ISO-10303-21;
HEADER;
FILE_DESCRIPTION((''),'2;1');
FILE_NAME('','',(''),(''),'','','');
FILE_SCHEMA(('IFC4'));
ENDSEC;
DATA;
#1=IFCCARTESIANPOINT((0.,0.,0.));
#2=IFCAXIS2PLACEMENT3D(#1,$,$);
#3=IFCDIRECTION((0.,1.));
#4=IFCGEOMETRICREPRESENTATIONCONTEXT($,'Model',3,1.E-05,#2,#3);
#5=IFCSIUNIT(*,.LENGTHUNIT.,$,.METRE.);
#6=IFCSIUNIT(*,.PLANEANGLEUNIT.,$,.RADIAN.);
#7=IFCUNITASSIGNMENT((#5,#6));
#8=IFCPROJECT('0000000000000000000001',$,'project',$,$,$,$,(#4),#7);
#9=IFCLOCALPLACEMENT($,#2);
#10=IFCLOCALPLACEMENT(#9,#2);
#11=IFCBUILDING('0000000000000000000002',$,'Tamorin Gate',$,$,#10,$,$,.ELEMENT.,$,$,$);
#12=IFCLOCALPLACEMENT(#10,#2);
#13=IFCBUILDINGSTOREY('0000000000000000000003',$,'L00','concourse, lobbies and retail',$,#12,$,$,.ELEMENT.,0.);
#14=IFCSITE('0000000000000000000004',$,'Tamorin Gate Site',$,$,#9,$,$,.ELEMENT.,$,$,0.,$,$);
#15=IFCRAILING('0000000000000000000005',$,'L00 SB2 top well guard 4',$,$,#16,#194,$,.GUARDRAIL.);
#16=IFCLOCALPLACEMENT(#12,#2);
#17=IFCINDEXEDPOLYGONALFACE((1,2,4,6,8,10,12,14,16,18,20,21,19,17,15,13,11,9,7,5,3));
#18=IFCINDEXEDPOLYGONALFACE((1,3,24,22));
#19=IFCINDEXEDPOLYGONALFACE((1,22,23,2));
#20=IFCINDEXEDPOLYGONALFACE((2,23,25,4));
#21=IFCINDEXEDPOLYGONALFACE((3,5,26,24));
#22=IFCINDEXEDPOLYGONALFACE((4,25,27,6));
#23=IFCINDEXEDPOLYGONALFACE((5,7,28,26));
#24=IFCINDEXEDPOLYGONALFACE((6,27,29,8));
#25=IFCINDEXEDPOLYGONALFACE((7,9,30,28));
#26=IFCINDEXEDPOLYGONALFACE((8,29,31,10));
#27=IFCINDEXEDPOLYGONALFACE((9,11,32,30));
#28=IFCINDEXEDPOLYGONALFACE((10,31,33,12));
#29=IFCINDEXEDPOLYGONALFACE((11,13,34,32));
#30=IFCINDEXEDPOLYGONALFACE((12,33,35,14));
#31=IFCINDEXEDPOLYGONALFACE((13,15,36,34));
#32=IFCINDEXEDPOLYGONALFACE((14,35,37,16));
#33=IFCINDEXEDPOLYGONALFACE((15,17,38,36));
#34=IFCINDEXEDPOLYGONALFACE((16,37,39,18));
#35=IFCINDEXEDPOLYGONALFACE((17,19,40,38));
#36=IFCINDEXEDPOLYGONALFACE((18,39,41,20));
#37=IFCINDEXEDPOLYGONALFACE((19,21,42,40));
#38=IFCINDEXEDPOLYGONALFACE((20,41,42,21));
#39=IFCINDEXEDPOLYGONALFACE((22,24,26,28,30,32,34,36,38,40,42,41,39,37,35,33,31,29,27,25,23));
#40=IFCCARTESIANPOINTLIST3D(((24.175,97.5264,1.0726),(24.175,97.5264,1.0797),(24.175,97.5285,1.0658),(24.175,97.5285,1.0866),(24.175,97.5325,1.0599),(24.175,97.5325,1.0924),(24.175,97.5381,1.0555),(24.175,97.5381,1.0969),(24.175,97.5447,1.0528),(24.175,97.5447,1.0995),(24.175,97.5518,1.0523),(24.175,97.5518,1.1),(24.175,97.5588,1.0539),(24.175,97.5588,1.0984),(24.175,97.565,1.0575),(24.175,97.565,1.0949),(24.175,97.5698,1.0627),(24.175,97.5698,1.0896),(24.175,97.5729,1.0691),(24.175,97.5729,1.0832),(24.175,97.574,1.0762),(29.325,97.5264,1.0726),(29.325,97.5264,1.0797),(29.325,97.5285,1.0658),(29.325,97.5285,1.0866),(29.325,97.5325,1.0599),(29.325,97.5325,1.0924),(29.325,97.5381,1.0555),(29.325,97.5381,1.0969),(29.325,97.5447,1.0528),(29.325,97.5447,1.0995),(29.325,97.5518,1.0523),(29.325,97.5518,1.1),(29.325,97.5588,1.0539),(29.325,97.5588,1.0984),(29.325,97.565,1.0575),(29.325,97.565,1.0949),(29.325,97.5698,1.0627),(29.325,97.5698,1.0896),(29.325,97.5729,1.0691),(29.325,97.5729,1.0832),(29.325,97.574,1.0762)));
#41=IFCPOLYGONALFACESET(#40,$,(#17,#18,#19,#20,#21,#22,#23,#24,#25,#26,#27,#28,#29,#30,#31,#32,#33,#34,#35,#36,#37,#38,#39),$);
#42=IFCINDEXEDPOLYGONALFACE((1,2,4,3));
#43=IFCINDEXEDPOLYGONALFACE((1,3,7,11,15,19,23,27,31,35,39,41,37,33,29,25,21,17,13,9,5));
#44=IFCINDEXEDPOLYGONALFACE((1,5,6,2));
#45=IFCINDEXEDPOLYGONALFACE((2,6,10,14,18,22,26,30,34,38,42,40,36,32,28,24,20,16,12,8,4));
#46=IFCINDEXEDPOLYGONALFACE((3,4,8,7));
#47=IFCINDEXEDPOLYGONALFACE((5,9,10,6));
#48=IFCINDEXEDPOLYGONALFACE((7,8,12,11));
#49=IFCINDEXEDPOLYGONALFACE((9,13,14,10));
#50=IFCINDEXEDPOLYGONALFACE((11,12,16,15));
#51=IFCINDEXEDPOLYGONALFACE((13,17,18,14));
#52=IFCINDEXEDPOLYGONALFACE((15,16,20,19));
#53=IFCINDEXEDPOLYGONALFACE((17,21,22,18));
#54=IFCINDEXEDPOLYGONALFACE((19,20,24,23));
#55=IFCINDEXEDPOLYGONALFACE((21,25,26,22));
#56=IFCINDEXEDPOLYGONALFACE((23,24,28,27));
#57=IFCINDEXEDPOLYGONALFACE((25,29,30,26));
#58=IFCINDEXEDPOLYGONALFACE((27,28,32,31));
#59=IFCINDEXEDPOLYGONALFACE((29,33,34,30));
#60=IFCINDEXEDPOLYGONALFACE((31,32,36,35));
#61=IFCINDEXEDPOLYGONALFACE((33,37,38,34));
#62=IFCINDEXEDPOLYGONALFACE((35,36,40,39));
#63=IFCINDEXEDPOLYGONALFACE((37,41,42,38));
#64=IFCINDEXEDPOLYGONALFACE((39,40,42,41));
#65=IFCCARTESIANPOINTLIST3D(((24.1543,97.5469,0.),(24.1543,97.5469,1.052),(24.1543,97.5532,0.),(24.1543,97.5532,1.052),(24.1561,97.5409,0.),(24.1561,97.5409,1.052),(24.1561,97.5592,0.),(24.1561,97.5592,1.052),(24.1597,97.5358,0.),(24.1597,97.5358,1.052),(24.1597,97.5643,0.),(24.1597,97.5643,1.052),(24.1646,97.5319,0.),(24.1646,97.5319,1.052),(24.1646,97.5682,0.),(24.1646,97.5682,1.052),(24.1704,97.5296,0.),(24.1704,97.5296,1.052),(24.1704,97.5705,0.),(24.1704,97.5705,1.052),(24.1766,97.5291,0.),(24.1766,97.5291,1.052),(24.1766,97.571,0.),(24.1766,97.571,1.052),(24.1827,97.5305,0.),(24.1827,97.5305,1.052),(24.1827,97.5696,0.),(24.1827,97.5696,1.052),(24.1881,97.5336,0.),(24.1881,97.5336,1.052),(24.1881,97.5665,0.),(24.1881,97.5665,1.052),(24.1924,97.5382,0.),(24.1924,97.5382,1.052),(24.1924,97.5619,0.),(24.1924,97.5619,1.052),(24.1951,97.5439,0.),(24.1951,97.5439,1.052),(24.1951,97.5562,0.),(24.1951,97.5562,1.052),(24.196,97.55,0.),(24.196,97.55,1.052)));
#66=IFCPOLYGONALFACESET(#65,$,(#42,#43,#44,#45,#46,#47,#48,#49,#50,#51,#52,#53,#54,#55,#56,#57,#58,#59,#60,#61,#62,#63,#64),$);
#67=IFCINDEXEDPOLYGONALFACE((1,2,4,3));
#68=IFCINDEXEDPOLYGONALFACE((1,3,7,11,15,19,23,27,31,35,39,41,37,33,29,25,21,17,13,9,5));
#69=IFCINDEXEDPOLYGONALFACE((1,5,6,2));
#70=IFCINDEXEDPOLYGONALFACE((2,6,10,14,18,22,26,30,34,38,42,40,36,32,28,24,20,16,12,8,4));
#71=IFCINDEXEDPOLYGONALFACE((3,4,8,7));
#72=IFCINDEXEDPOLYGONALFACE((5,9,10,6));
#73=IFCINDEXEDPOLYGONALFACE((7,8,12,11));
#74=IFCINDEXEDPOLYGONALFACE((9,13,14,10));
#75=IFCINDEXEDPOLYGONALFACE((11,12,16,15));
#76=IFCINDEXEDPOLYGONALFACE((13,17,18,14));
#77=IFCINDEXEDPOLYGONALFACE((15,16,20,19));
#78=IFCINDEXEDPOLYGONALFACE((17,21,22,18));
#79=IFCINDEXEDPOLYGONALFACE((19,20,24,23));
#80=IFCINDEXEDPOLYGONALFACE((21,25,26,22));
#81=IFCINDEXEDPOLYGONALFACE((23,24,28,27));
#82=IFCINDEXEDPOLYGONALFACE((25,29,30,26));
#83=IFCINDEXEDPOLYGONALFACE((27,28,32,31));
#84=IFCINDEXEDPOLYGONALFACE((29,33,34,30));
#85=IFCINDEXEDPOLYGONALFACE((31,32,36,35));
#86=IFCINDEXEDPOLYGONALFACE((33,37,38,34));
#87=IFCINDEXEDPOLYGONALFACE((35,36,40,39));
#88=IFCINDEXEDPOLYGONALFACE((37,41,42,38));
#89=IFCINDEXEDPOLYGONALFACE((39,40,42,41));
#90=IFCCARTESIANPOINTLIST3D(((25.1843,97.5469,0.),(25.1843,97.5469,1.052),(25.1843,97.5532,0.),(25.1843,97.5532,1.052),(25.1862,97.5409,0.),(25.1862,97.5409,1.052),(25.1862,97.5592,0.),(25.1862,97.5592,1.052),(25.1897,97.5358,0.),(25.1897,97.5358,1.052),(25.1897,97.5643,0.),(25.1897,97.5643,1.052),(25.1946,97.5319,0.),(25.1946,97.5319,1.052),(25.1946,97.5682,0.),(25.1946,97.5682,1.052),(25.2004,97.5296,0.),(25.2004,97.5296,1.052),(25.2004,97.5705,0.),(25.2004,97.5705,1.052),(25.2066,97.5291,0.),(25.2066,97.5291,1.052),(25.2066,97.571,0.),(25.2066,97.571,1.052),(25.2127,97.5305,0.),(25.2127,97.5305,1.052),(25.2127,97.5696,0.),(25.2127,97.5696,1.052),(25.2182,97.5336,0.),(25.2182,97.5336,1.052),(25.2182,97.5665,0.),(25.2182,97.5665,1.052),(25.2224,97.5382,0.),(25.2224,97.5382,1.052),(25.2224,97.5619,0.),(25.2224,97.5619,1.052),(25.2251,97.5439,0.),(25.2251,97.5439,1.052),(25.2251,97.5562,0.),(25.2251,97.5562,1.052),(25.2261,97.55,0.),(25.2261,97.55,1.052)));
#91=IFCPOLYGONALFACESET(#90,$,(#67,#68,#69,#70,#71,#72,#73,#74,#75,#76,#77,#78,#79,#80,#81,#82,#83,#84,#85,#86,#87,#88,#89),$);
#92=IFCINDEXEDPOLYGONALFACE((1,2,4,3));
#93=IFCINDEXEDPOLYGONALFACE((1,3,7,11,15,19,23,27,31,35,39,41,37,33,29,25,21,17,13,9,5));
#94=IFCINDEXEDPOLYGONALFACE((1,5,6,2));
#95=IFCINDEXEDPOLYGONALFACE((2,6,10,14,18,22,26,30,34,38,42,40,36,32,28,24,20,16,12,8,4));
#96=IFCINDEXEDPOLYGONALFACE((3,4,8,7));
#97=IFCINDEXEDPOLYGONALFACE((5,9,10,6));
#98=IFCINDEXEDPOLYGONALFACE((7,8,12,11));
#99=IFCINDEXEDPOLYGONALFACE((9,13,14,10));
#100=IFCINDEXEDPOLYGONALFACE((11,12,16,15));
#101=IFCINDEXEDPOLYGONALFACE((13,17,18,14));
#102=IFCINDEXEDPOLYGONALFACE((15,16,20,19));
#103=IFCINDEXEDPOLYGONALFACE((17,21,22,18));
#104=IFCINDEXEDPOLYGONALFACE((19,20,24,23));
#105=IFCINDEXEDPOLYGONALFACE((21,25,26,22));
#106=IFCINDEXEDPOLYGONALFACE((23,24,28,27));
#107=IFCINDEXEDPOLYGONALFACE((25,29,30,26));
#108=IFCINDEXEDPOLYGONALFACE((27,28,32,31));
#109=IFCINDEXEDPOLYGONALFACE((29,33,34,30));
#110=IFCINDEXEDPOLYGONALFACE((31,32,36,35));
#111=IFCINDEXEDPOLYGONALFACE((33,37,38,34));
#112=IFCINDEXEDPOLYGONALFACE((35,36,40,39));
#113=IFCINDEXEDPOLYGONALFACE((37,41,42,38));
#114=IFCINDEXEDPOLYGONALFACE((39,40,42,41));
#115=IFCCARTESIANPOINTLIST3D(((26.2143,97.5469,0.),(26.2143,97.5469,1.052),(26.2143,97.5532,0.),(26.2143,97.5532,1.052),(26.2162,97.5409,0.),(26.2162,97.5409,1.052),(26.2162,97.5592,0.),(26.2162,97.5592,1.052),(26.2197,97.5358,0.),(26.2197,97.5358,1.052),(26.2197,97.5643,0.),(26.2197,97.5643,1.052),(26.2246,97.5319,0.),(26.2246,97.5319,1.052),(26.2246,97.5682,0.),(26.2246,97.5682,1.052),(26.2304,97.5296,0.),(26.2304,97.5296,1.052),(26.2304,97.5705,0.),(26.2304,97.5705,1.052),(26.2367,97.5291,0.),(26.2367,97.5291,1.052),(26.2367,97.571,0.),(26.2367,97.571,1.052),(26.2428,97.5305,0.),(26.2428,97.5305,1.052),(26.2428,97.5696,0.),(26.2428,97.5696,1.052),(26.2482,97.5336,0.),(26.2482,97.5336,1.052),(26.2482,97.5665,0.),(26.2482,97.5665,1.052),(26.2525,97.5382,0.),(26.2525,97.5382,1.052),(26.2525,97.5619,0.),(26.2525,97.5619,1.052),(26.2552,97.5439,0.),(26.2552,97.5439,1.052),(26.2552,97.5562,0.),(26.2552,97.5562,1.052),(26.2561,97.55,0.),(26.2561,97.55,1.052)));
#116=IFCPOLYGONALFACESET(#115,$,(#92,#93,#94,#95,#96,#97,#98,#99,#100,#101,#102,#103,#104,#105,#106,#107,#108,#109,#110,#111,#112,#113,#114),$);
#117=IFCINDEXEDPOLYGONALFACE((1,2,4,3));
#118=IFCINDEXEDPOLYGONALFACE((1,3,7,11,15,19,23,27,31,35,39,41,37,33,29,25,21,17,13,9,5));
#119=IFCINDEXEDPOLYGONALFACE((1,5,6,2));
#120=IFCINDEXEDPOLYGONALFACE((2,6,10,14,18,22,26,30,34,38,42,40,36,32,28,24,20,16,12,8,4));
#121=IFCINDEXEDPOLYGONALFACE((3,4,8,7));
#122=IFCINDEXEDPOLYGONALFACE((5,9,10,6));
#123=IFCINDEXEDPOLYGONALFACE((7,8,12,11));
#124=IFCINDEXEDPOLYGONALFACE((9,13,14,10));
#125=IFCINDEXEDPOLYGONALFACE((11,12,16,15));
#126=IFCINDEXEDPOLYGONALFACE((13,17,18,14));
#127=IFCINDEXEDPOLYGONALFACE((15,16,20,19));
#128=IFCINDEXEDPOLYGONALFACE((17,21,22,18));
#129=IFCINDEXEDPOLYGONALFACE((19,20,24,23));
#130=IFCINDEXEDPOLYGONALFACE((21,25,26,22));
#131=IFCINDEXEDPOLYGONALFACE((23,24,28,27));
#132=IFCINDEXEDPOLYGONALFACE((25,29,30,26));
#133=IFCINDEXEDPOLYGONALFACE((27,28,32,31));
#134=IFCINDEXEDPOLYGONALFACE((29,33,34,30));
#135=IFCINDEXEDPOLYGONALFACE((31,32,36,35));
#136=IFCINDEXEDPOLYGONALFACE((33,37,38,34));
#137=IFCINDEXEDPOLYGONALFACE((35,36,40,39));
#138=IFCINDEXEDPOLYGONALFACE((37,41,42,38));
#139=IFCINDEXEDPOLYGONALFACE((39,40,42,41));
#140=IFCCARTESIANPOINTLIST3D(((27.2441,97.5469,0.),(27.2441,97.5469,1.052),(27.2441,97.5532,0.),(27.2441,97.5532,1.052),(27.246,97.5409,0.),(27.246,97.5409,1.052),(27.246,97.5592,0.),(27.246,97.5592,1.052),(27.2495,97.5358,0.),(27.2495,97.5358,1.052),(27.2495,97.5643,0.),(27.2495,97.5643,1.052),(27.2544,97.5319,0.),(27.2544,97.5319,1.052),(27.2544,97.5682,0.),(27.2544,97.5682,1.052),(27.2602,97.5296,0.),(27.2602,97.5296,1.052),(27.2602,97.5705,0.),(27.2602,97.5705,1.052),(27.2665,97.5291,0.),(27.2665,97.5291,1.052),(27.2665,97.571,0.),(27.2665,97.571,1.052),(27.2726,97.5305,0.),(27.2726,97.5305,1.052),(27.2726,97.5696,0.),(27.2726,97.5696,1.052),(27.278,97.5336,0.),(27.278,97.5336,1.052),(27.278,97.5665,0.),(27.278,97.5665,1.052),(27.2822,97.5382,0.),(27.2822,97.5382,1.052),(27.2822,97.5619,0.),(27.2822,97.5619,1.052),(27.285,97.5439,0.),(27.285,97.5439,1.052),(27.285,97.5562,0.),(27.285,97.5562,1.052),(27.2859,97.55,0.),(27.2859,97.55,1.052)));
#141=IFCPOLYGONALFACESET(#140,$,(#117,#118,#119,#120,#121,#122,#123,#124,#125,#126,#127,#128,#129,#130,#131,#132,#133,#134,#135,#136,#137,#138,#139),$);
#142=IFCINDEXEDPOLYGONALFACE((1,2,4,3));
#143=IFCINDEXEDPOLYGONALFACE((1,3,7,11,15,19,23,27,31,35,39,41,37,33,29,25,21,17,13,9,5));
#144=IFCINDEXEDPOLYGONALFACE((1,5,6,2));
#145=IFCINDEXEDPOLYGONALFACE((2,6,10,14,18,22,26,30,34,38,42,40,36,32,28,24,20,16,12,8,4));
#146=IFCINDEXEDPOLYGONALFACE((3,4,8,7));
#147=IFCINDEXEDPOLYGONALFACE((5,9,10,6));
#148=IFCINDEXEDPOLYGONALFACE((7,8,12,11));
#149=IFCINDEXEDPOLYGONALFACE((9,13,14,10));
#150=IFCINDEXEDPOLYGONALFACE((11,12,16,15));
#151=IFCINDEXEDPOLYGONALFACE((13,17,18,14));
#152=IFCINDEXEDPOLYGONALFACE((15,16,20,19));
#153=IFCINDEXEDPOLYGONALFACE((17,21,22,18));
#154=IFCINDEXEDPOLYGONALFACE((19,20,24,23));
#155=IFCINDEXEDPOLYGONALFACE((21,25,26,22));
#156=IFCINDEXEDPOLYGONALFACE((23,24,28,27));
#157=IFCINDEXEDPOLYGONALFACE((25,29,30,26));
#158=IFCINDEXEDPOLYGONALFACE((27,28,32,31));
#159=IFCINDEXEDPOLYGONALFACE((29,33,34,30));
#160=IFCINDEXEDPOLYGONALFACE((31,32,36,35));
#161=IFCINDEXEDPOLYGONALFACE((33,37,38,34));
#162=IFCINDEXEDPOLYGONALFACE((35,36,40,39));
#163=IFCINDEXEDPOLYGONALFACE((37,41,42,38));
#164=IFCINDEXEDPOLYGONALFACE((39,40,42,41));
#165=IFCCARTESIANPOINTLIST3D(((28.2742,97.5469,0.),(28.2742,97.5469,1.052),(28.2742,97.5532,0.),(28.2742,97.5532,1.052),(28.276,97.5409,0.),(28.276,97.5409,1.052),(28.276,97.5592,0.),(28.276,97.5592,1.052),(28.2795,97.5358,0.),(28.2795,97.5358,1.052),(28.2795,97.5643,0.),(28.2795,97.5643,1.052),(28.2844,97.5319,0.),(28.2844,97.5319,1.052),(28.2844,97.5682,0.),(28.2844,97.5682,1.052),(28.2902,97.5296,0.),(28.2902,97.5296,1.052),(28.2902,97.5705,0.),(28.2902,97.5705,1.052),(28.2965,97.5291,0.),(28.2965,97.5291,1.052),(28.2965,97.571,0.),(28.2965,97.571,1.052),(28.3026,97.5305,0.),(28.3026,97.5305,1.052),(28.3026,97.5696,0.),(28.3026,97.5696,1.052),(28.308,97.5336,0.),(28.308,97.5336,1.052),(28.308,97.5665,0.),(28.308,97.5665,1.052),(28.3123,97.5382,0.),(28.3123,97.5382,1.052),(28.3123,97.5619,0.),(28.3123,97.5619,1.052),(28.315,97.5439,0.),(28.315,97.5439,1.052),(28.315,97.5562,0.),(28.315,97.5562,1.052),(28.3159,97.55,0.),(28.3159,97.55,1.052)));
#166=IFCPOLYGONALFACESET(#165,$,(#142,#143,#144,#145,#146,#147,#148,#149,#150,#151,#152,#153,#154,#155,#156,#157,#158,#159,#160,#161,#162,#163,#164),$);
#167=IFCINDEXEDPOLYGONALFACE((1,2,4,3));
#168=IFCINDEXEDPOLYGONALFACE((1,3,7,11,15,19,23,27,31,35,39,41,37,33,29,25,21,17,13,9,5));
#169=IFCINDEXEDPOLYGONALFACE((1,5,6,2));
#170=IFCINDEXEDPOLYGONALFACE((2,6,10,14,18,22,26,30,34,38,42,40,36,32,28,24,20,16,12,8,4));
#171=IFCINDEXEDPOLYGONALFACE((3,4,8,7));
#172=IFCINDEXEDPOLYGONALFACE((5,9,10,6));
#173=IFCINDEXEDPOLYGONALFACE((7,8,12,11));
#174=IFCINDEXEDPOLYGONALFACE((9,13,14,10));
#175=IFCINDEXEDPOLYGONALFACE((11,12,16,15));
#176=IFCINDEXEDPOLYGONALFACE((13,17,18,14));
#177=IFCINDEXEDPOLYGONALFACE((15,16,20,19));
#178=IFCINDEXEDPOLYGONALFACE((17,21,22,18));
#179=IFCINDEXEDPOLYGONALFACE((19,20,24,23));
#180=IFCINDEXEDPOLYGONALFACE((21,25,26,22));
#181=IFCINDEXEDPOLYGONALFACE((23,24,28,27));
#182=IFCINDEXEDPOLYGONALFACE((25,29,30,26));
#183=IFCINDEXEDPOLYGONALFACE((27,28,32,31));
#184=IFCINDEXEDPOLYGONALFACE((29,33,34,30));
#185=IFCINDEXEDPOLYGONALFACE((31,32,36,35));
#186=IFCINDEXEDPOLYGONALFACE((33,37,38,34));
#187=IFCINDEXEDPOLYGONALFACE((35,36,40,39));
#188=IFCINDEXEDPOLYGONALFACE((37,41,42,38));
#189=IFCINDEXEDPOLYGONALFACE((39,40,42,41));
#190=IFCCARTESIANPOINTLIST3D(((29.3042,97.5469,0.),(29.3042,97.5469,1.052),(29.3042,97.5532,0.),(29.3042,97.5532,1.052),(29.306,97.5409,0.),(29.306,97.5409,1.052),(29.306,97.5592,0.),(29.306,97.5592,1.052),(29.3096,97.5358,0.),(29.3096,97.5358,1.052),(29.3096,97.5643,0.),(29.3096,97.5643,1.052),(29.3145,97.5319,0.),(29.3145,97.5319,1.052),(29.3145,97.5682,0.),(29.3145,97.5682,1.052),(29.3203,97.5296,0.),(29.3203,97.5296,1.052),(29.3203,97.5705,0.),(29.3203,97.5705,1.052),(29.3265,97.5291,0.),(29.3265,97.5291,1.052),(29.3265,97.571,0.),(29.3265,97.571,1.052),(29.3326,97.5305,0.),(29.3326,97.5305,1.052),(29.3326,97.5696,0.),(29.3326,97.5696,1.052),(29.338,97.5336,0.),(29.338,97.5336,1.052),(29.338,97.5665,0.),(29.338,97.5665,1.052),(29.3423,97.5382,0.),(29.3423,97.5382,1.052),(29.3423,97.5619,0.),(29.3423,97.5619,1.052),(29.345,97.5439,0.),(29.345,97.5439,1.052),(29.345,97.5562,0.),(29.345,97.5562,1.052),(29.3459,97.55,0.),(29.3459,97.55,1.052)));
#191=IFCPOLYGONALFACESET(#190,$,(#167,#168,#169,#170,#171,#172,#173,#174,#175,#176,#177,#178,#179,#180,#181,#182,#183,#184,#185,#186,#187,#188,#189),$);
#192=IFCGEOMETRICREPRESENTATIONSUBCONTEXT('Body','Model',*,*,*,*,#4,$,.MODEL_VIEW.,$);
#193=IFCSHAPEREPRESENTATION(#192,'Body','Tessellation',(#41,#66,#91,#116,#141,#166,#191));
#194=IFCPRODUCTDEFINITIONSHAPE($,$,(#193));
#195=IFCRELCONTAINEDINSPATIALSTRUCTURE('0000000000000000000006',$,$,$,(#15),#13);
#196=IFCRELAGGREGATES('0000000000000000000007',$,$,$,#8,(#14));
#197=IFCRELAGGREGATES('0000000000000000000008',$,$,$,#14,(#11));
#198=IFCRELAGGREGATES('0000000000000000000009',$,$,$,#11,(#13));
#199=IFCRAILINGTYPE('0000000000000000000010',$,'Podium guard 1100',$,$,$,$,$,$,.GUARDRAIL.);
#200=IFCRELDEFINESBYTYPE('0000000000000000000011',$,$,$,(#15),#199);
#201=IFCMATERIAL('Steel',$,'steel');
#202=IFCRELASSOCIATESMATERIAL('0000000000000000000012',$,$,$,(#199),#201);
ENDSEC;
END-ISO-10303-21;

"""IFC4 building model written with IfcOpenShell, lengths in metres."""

from ifc_helpers import new_model, si_unit, direction, frame, origin, origin_2d, place, context, subcontext, project, spatial, circle, extrude, material, type_object, element, save


model = new_model("IFC4")

# Units and contexts
model_context = context("Model", 3, precision=1e-05, world=origin(), true_north=direction((0.0, 1.0)))
body_context = subcontext(model_context, "Body", "Model", "MODEL_VIEW")
ifc_project = project(units=[si_unit("LENGTHUNIT", "METRE"), si_unit("PLANEANGLEUNIT", "RADIAN")], contexts=[model_context])

# Site, building, storey
site_placement = place(None, origin())
site = spatial("IfcSite", under=ifc_project, at=site_placement, Name="Tamorin Gate Site", CompositionType="ELEMENT", RefElevation=0.0)
building_placement = place(site_placement, origin())
building = spatial("IfcBuilding", under=site, at=building_placement, Name="Tamorin Gate", CompositionType="ELEMENT")
storey_placement = place(building_placement, origin())
storey = spatial("IfcBuildingStorey", under=building, at=storey_placement, Name="L00", Description="concourse, lobbies and retail", CompositionType="ELEMENT", Elevation=0.0)

# Railing
ifc_material_1 = material(Name="Steel", Category="steel")
railing_type_1 = type_object("IfcRailingType", Name="Podium guard 1100", PredefinedType="GUARDRAIL", material=ifc_material_1)
railing_1_placement = place(storey_placement, frame((24.175, 97.55, 0.0)))
element("IfcRailing", 1, at=railing_1_placement, inside=storey, type_object=railing_type_1, Name="L00 SB2 top well guard 4", PredefinedType="GUARDRAIL", context=body_context, shape_type="SweptSolid", body=[
    extrude(circle(Radius=0.0239, at=origin_2d()), frame((0.0, 0.0, 1.0762), z_axis=(1.0, 0.0, 0.0), x_axis=(0.0, 1.0, 0.0)), (0.0, 0.0, 1.0), 5.1499),
    extrude(circle(Radius=0.021, at=origin_2d()), origin(), (0.0, 0.0, 1.0), 1.052),
    extrude(circle(Radius=0.021, at=origin_2d()), frame((1.03, 0.0, 0.0)), (0.0, 0.0, 1.0), 1.052),
    extrude(circle(Radius=0.021, at=origin_2d()), frame((2.0601, 0.0, 0.0)), (0.0, 0.0, 1.0), 1.052),
    extrude(circle(Radius=0.021, at=origin_2d()), frame((3.0898, 0.0, 0.0)), (0.0, 0.0, 1.0), 1.052),
    extrude(circle(Radius=0.021, at=origin_2d()), frame((4.1199, 0.0, 0.0)), (0.0, 0.0, 1.0), 1.052),
    extrude(circle(Radius=0.021, at=origin_2d()), frame((5.1499, 0.0, 0.0)), (0.0, 0.0, 1.0), 1.052),
])

save(model, "model.ifc")
